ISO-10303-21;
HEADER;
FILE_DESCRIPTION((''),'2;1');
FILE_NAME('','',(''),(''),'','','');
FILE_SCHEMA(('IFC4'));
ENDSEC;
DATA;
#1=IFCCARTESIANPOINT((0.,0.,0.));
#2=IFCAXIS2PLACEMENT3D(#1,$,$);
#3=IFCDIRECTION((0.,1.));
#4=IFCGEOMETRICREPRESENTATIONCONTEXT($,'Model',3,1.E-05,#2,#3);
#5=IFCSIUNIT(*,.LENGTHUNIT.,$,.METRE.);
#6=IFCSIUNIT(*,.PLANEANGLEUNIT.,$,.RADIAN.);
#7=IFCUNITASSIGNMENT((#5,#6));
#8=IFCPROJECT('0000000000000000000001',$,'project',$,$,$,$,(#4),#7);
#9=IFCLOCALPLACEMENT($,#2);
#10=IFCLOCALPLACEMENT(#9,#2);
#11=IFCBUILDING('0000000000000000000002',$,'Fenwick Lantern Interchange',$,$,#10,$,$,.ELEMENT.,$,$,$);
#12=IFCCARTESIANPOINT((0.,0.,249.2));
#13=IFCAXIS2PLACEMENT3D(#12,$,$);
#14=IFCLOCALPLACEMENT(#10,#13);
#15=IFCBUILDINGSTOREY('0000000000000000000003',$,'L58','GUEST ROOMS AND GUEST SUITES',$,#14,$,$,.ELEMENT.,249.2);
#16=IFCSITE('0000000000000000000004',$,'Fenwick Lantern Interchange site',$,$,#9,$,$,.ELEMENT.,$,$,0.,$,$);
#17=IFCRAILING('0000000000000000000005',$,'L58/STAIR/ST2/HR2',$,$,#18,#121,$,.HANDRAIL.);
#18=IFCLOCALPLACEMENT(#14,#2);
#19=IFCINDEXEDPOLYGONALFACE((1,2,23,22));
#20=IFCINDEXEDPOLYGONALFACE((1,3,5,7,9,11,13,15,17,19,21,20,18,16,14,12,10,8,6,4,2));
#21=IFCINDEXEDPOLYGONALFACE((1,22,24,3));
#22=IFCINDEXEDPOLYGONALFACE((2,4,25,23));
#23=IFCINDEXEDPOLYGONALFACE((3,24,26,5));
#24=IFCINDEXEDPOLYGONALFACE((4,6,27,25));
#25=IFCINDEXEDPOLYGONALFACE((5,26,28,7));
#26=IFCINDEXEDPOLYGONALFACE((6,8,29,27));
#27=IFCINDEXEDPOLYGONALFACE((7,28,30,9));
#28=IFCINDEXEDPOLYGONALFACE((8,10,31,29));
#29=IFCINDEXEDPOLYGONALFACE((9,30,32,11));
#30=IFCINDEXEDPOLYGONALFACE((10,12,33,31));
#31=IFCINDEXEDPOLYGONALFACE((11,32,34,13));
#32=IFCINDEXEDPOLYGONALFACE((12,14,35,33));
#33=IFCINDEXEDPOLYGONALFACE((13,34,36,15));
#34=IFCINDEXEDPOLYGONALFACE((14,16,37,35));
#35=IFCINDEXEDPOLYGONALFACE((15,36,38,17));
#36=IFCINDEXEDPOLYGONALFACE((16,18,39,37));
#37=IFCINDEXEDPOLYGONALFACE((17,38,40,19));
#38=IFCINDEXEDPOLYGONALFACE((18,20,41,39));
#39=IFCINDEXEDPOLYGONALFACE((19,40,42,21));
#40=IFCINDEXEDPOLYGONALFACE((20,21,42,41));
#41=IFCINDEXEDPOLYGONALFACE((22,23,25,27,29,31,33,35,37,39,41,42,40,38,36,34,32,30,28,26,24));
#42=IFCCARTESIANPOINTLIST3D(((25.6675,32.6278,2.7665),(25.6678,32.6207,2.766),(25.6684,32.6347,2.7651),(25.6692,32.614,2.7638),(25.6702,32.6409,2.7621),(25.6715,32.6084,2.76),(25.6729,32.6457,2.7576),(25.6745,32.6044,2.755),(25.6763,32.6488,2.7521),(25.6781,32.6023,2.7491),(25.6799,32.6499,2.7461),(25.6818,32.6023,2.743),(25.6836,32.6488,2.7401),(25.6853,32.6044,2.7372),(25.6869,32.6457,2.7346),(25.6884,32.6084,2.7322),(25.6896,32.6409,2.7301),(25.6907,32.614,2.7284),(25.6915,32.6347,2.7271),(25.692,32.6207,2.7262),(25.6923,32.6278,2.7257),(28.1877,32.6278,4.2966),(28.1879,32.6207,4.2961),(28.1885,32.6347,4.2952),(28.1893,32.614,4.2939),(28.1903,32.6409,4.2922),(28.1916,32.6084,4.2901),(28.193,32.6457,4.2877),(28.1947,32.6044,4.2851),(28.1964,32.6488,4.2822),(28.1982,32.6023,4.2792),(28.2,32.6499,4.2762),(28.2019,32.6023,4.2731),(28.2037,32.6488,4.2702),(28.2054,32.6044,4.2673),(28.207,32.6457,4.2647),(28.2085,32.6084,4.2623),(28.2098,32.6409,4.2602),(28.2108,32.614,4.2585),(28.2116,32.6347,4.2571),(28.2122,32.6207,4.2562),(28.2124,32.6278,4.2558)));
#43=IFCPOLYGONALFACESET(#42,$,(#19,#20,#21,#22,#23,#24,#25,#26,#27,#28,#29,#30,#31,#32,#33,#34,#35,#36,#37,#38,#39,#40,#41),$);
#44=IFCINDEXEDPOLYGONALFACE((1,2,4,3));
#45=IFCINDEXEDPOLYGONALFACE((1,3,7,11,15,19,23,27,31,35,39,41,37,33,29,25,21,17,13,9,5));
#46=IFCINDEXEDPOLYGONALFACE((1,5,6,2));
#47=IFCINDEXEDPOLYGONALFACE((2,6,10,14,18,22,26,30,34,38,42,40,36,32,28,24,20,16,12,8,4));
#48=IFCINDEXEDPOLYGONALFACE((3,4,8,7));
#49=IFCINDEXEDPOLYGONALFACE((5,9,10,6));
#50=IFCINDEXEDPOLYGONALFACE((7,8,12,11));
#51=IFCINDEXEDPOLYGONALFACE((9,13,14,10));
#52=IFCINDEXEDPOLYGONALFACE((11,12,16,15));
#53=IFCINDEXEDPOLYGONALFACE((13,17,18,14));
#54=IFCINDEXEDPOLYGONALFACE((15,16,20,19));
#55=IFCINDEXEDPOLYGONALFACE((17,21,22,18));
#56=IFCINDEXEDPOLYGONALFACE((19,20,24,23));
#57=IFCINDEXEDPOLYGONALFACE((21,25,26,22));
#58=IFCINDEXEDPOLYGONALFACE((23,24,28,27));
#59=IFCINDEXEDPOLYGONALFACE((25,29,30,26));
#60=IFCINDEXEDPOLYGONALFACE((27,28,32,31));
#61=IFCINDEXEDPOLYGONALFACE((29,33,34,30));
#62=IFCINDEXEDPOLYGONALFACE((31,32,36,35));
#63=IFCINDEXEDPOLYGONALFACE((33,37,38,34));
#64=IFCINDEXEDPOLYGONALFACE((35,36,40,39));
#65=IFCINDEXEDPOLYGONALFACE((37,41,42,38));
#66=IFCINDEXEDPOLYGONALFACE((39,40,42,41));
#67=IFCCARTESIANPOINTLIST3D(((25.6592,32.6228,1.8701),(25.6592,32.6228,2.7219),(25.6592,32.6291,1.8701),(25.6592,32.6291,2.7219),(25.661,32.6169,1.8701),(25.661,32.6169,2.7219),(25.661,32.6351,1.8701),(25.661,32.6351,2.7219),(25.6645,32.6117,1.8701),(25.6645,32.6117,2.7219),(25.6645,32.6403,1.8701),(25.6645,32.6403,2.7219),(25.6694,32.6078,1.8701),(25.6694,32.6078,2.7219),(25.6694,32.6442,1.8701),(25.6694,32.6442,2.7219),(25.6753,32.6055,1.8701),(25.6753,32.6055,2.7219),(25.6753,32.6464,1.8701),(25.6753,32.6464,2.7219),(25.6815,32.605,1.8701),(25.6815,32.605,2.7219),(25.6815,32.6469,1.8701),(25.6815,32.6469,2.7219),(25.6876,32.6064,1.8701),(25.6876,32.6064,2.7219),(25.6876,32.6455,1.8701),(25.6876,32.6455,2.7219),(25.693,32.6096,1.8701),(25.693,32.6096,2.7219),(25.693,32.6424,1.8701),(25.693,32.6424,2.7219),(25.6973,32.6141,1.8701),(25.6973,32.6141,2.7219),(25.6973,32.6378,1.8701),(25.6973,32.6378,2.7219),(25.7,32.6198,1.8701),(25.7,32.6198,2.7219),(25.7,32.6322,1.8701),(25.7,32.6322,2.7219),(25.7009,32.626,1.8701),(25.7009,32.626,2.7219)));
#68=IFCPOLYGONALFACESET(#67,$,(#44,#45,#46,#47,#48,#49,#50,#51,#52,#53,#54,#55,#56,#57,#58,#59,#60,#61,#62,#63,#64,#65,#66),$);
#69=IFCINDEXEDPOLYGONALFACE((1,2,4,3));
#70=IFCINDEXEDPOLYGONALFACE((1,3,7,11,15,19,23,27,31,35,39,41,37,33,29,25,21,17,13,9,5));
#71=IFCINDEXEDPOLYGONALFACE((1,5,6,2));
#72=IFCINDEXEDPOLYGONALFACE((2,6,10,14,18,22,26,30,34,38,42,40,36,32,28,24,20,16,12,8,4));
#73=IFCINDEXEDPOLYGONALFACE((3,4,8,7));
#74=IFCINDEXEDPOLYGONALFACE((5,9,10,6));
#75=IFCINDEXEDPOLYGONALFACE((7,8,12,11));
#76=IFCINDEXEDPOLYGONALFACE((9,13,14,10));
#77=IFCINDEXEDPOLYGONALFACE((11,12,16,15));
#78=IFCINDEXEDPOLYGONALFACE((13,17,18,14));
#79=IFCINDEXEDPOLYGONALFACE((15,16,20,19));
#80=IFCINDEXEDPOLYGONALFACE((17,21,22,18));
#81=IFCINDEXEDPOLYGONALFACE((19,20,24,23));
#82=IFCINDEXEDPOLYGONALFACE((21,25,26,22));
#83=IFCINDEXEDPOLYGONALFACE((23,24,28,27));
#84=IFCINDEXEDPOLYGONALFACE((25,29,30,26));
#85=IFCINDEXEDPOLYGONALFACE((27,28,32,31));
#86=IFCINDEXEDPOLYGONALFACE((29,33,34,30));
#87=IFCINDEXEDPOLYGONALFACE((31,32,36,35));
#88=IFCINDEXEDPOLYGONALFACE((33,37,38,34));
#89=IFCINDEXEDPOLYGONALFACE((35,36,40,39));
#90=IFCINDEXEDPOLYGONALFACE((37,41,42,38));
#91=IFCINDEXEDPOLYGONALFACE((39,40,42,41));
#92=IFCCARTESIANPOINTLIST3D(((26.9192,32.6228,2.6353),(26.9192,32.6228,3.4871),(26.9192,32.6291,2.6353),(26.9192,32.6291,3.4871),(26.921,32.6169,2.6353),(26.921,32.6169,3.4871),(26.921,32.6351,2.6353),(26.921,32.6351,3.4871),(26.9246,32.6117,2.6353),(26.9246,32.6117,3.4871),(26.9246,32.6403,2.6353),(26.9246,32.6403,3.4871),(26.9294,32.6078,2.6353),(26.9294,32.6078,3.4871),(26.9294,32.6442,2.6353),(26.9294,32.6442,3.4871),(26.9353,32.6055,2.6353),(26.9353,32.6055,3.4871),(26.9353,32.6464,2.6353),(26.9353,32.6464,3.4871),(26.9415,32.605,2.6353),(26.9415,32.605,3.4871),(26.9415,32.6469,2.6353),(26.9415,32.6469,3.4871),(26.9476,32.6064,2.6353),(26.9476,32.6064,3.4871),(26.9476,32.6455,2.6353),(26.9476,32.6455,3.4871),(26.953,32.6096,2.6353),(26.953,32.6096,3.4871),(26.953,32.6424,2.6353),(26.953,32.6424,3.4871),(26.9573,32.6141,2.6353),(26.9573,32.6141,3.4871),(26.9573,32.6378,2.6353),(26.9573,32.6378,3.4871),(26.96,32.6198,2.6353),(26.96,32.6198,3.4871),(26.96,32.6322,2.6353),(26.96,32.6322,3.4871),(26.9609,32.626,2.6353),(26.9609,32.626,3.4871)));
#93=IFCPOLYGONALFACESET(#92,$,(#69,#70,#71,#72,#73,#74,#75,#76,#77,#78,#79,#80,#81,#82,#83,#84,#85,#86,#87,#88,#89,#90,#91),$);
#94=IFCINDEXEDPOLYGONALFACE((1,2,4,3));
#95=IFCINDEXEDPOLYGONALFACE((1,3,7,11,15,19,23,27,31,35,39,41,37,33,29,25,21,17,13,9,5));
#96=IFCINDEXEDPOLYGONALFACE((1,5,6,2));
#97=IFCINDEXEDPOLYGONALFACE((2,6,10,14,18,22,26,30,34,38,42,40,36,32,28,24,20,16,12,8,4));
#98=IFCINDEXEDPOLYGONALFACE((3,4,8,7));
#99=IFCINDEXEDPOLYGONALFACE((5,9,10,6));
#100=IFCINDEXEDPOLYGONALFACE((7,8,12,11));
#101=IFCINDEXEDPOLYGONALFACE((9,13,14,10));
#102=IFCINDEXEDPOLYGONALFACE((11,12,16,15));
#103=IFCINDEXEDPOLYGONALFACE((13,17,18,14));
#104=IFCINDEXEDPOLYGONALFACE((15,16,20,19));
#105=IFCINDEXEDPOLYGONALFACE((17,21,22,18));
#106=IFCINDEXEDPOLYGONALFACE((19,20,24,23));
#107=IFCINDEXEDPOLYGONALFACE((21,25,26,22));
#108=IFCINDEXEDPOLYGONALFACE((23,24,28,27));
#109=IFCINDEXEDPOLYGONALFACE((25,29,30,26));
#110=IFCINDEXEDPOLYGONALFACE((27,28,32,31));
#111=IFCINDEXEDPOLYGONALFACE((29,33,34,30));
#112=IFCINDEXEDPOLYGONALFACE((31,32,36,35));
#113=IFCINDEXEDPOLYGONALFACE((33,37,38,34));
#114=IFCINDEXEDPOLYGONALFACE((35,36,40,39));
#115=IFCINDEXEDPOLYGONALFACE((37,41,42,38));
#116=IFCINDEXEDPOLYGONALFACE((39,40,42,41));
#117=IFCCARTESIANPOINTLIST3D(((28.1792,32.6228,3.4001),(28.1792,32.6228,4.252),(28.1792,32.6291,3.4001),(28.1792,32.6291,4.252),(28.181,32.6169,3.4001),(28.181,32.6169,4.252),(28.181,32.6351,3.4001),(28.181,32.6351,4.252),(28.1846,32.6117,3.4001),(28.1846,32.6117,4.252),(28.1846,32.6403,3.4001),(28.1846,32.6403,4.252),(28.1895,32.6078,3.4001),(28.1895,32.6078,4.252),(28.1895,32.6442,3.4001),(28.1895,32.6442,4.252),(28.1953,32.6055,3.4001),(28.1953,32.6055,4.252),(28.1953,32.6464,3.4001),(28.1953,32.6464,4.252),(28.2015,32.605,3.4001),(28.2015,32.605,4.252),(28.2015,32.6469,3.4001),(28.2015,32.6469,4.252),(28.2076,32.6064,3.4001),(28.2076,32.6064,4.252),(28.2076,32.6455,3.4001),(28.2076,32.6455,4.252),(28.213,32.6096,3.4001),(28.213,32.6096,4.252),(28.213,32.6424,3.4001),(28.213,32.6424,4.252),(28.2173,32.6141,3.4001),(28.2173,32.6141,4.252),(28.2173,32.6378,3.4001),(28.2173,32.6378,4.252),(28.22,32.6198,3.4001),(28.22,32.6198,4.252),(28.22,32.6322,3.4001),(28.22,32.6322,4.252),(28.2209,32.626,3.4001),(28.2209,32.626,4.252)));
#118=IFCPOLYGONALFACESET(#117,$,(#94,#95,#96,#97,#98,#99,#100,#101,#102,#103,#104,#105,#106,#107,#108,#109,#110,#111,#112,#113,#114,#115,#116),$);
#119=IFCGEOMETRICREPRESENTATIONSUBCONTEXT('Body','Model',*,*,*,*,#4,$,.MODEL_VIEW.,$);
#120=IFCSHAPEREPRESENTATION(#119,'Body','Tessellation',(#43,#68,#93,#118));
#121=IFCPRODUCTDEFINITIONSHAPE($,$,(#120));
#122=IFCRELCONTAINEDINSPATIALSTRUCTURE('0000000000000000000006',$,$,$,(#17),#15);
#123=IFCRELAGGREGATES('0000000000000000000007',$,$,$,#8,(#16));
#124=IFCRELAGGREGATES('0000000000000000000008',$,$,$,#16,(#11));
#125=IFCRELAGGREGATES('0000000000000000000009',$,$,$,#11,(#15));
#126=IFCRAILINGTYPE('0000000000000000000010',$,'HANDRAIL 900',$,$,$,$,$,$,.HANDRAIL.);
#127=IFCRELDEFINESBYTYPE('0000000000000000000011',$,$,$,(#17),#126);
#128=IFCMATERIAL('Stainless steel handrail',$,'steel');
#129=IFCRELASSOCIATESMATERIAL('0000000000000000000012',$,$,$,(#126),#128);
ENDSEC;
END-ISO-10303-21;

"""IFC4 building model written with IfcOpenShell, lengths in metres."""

from ifc_helpers import new_model, si_unit, direction, frame, origin, origin_2d, place, context, subcontext, project, spatial, circle, extrude, material, type_object, element, save


model = new_model("IFC4")

# Units and contexts
model_context = context("Model", 3, precision=1e-05, world=origin(), true_north=direction((0.0, 1.0)))
body_context = subcontext(model_context, "Body", "Model", "MODEL_VIEW")
ifc_project = project(units=[si_unit("LENGTHUNIT", "METRE"), si_unit("PLANEANGLEUNIT", "RADIAN")], contexts=[model_context])

# Site, building, storey
site_placement = place(None, origin())
site = spatial("IfcSite", under=ifc_project, at=site_placement, Name="Fenwick Lantern Interchange site", CompositionType="ELEMENT", RefElevation=0.0)
building_placement = place(site_placement, origin())
building = spatial("IfcBuilding", under=site, at=building_placement, Name="Fenwick Lantern Interchange", CompositionType="ELEMENT")
storey_placement = place(building_placement, frame((0.0, 0.0, 249.2)))
storey = spatial("IfcBuildingStorey", under=building, at=storey_placement, Name="L58", Description="GUEST ROOMS AND GUEST SUITES", CompositionType="ELEMENT", Elevation=249.2)

# Railing
ifc_material_1 = material(Name="Stainless steel handrail", Category="steel")
railing_type = type_object("IfcRailingType", Name="HANDRAIL 900", PredefinedType="HANDRAIL", material=ifc_material_1)
railing_1_placement = place(storey_placement, frame((25.6799, 32.626, 1.8701)))
element("IfcRailing", 1, at=railing_1_placement, inside=storey, type_object=railing_type, Name="L58/STAIR/ST2/HR2", PredefinedType="HANDRAIL", context=body_context, shape_type="SweptSolid", body=[
    extrude(circle(Radius=0.0239, at=origin_2d()), frame((0.0, 0.0, 0.876), z_axis=(0.854785, 0.0, 0.518982), x_axis=(0.0, 1.0, 0.0)), (0.0, 0.0, 1.0), 2.9482),
    extrude(circle(Radius=0.021, at=origin_2d()), origin(), (0.0, 0.0, 1.0), 0.8518),
    extrude(circle(Radius=0.021, at=origin_2d()), frame((1.26, 0.0, 0.7651)), (0.0, 0.0, 1.0), 0.8518),
    extrude(circle(Radius=0.021, at=origin_2d()), frame((2.52, 0.0, 1.53)), (0.0, 0.0, 1.0), 0.8518),
])

save(model, "model.ifc")
